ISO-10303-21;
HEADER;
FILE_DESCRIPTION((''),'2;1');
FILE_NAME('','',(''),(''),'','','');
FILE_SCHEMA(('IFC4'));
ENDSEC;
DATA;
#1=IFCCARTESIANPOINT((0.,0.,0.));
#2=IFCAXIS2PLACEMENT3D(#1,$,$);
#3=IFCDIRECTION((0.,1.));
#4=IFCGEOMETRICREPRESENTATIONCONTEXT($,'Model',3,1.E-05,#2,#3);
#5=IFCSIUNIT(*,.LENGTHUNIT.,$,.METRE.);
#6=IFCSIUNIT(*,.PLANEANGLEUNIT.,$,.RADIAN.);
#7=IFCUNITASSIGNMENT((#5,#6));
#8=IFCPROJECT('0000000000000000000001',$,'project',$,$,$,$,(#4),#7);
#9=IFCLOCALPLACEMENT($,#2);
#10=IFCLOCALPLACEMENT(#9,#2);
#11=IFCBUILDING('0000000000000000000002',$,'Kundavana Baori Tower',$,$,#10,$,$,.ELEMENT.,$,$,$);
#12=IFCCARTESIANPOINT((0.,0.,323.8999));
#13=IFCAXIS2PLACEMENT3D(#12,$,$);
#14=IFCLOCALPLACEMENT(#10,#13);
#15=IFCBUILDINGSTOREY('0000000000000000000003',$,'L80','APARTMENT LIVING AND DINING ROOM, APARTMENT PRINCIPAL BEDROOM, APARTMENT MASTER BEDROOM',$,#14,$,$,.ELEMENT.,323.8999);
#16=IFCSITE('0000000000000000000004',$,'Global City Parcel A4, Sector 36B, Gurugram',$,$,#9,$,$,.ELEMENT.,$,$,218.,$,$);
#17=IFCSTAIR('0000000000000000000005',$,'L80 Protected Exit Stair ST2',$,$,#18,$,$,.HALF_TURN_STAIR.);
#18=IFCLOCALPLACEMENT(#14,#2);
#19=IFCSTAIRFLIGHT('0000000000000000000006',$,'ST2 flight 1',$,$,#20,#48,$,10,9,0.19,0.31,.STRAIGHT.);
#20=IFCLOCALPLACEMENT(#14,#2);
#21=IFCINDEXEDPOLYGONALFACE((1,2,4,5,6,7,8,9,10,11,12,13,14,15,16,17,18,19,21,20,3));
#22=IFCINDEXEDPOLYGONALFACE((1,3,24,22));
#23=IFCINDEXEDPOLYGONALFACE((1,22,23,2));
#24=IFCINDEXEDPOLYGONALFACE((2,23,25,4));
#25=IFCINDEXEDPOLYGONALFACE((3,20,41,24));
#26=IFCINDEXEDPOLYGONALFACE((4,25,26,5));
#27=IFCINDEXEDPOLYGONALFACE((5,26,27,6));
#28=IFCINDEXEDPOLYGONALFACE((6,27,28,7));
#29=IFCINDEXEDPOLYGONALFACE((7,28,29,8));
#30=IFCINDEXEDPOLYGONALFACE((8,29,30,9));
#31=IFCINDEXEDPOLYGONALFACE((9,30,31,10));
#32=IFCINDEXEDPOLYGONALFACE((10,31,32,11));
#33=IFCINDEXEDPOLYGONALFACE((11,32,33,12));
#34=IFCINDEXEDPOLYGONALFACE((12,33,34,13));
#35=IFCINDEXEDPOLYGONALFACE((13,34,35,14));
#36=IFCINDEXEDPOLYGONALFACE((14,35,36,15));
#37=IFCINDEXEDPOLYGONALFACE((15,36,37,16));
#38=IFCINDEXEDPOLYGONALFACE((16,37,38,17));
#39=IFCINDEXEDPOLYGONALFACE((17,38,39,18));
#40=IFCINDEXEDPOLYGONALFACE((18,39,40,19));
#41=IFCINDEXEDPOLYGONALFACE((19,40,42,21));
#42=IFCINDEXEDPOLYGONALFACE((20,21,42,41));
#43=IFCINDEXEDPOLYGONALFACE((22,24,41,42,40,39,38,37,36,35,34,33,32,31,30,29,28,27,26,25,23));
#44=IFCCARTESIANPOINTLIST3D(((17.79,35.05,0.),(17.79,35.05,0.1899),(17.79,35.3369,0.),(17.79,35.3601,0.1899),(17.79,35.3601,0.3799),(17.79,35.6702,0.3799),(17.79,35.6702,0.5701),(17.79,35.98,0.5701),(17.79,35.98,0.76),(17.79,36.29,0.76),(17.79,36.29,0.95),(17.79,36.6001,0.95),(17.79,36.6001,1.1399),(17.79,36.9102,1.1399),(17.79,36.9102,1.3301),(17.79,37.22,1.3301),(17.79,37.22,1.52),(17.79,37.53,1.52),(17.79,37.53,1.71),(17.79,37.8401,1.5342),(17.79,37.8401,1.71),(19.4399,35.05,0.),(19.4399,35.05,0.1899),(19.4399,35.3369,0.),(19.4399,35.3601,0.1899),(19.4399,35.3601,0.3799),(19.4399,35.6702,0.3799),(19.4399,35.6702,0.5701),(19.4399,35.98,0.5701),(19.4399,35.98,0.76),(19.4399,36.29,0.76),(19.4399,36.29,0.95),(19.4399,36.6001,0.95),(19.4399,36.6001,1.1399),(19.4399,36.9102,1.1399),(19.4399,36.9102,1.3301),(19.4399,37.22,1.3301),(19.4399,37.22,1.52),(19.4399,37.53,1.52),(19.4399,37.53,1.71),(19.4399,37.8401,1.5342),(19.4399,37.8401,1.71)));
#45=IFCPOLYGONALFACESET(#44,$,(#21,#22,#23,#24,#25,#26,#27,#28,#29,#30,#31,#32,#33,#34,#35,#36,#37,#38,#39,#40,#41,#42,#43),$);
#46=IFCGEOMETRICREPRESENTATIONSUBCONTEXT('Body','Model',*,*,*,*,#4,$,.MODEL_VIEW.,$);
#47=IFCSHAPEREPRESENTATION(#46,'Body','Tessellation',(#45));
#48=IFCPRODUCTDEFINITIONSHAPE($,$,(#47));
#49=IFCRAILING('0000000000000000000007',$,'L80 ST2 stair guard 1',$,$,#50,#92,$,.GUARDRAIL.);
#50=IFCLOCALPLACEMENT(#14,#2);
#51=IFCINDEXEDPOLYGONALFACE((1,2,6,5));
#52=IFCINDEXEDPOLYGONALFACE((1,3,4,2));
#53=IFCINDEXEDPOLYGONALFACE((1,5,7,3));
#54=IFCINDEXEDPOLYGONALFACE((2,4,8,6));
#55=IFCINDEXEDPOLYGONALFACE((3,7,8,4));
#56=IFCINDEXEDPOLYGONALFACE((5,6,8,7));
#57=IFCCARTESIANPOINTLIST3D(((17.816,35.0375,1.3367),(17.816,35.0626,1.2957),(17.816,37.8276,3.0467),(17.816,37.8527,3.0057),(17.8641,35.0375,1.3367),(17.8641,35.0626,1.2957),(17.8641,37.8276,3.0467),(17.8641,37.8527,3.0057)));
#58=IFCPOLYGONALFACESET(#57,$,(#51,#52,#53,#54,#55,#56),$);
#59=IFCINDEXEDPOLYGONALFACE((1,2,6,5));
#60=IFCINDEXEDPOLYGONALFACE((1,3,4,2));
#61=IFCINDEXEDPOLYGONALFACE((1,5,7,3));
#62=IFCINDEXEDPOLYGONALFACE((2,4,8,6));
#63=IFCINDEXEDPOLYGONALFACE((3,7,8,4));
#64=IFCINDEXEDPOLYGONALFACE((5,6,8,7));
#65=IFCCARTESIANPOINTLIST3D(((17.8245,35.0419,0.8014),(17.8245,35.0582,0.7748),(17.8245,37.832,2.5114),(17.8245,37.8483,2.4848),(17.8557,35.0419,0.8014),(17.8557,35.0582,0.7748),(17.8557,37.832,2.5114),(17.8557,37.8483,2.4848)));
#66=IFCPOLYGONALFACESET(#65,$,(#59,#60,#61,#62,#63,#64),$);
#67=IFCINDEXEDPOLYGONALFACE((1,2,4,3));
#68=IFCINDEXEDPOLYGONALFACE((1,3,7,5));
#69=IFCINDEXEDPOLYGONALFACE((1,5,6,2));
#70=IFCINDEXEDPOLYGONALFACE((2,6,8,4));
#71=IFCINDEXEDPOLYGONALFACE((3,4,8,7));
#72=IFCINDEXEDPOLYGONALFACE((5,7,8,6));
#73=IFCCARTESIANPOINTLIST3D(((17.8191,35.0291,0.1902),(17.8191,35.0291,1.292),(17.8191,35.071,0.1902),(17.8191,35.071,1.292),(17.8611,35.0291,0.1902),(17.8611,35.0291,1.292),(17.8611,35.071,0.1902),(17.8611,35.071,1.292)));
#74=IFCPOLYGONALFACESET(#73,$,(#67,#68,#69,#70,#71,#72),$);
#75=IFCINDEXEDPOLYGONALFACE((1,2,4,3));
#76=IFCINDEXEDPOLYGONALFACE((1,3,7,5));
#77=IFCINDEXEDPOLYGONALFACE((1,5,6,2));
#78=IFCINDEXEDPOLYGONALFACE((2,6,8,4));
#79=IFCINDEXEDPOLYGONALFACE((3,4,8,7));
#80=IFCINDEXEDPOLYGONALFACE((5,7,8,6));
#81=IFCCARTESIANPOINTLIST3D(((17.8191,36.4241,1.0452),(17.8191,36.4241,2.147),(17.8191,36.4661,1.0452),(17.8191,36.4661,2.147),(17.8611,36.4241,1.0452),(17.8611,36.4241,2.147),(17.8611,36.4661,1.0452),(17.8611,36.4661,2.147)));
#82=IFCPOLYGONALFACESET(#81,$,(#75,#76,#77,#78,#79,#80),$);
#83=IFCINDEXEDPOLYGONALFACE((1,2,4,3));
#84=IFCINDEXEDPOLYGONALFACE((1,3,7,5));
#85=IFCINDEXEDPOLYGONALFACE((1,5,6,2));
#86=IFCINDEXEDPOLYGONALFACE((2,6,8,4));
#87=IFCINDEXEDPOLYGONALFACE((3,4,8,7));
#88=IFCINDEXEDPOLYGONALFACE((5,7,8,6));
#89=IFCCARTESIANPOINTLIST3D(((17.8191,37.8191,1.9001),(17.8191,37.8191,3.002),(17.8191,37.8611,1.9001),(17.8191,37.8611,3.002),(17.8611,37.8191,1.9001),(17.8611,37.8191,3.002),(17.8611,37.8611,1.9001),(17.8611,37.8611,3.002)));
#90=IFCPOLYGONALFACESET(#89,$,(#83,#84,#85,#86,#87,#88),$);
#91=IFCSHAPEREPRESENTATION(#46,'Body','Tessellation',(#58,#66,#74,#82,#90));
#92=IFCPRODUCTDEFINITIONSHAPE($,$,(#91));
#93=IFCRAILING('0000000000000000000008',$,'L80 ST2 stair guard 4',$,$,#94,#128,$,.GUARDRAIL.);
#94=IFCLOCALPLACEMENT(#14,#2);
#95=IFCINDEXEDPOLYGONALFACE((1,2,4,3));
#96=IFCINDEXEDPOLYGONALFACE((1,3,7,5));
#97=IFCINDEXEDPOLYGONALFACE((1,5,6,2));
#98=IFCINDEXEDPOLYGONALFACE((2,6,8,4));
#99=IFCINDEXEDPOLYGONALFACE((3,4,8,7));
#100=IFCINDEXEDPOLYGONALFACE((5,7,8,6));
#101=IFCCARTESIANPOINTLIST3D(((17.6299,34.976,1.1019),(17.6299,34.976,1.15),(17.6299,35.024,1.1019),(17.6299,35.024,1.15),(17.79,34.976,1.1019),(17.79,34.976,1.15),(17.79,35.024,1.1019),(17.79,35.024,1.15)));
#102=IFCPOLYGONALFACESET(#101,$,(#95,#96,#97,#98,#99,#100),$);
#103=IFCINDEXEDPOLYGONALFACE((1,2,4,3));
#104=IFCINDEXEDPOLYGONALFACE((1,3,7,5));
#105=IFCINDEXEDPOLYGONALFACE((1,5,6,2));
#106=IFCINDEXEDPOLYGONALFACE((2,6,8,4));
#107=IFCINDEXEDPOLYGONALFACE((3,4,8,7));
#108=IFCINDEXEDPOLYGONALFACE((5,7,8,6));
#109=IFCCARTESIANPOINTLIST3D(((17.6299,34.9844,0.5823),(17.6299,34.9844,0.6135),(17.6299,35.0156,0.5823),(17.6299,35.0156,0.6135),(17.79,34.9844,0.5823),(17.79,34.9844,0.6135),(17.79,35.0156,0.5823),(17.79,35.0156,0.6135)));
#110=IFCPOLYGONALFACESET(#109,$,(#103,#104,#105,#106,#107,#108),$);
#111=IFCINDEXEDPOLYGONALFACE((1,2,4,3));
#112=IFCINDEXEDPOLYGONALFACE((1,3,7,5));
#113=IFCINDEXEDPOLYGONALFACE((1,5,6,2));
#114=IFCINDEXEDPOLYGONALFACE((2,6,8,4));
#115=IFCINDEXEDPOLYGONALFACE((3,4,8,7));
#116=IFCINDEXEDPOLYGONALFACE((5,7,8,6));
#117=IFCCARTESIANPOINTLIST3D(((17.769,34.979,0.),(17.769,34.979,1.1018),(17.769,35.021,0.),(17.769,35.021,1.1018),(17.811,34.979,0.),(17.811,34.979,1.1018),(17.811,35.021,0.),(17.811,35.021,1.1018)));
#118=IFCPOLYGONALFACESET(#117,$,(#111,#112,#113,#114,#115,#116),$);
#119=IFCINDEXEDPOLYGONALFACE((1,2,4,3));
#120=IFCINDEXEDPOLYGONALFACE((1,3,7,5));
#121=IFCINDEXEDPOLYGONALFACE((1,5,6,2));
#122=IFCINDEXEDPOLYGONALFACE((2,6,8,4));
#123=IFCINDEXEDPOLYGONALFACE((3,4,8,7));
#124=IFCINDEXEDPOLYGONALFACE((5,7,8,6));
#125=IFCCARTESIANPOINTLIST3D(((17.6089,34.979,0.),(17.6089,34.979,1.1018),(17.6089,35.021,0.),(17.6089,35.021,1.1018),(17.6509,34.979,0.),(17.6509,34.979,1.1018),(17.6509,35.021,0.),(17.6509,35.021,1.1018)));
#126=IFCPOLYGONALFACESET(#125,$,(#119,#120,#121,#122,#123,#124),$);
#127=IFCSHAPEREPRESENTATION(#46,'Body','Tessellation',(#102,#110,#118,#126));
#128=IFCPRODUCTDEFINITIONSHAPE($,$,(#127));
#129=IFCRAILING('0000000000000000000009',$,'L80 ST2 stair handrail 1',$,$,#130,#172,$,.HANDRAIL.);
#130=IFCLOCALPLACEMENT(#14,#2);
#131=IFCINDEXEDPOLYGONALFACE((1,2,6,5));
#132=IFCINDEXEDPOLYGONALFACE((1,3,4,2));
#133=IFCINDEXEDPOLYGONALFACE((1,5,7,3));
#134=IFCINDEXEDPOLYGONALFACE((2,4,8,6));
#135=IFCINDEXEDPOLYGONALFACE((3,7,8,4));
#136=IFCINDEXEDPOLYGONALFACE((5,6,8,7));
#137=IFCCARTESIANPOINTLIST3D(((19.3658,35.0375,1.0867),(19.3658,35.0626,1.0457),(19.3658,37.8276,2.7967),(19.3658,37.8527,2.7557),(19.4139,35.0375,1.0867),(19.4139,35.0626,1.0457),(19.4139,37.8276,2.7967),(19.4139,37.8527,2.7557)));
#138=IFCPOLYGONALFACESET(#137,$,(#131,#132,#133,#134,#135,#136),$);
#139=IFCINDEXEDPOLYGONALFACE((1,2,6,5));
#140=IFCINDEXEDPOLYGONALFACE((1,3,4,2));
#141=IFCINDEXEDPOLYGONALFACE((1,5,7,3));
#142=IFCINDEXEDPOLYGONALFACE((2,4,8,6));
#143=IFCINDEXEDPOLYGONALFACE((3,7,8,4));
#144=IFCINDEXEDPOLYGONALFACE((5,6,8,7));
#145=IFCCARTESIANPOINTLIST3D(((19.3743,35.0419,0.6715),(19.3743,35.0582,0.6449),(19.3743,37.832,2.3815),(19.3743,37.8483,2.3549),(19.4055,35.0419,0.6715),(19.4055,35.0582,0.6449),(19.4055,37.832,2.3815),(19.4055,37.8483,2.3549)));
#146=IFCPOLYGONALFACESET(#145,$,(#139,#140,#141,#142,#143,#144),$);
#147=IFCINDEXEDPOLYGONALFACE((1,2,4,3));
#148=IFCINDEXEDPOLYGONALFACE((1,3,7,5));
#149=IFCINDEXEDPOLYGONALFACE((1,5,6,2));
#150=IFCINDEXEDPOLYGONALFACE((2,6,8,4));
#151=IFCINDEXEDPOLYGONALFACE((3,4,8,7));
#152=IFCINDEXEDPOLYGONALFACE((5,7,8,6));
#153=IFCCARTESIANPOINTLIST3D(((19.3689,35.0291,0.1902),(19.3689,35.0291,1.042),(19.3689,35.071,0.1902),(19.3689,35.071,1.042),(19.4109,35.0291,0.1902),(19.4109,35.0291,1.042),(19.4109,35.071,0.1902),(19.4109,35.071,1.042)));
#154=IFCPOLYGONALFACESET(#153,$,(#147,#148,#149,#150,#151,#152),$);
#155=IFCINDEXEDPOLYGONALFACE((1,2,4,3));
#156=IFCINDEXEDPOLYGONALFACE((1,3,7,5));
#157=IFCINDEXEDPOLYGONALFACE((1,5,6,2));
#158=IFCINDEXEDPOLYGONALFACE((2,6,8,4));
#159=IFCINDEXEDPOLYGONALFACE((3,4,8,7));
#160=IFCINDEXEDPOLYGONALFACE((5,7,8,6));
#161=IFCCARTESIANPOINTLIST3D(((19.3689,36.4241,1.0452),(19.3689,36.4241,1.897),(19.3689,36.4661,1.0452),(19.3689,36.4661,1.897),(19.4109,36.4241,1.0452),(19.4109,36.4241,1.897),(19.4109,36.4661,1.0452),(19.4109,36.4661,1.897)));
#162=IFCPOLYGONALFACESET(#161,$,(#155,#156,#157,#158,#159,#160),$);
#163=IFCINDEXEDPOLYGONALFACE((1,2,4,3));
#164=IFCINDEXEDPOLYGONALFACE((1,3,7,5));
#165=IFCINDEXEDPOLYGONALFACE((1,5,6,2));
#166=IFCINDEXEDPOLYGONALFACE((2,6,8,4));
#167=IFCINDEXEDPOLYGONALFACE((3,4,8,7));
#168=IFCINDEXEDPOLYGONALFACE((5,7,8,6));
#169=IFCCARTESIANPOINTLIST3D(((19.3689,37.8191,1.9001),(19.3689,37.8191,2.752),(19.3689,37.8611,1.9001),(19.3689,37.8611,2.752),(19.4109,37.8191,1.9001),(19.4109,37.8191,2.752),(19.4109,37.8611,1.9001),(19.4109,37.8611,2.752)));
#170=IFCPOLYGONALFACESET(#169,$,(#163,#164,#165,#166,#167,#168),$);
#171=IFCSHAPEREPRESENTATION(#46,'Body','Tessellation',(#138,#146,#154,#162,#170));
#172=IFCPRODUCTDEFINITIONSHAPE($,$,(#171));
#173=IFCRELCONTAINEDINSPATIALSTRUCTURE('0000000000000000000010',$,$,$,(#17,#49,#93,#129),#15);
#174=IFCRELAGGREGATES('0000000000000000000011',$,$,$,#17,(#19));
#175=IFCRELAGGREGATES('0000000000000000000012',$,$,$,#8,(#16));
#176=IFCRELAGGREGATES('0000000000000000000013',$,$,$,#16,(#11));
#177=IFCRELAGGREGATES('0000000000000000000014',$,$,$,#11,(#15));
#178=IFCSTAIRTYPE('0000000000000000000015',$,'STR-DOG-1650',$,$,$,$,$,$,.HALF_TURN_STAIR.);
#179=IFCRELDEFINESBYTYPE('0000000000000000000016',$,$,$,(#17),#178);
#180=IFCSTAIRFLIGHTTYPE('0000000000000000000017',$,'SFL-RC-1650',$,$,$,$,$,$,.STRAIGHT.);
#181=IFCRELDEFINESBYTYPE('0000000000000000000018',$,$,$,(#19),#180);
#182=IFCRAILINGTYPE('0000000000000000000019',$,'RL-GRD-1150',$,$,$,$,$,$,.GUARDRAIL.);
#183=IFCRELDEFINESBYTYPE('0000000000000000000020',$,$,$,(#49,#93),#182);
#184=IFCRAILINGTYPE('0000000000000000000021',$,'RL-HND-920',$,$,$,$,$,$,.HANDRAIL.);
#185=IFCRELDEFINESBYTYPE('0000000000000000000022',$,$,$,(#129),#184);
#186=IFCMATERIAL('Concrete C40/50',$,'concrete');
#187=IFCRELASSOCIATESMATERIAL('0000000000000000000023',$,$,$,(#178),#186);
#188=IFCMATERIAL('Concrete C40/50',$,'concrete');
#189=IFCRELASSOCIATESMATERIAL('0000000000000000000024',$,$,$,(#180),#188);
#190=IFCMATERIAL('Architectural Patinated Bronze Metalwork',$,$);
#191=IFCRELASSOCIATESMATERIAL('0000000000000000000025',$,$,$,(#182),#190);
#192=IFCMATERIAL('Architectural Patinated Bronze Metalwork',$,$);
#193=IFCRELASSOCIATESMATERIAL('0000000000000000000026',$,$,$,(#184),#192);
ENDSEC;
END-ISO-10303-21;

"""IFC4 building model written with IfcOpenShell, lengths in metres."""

from ifc_helpers import new_model, si_unit, direction, frame, origin, origin_2d, place, context, subcontext, project, spatial, polyline, rectangle, outline, extrude, material, type_object, element, aggregate, save


model = new_model("IFC4")

# Units and contexts
model_context = context("Model", 3, precision=1e-05, world=origin(), true_north=direction((0.0, 1.0)))
body_context = subcontext(model_context, "Body", "Model", "MODEL_VIEW")
ifc_project = project(units=[si_unit("LENGTHUNIT", "METRE"), si_unit("PLANEANGLEUNIT", "RADIAN")], contexts=[model_context])

# Site, building, storey
site_placement = place(None, origin())
site = spatial("IfcSite", under=ifc_project, at=site_placement, Name="Global City Parcel A4, Sector 36B, Gurugram", CompositionType="ELEMENT", RefElevation=218.0)
building_placement = place(site_placement, origin())
building = spatial("IfcBuilding", under=site, at=building_placement, Name="Kundavana Baori Tower", CompositionType="ELEMENT")
storey_placement = place(building_placement, frame((0.0, 0.0, 323.8999)))
storey = spatial("IfcBuildingStorey", under=building, at=storey_placement, Name="L80", Description="APARTMENT LIVING AND DINING ROOM, APARTMENT PRINCIPAL BEDROOM, APARTMENT MASTER BEDROOM", CompositionType="ELEMENT", Elevation=323.8999)

# Stair, stair flight
ifc_material_1 = material(Name="Concrete C40/50", Category="concrete")
stair_type = type_object("IfcStairType", Name="STR-DOG-1650", PredefinedType="HALF_TURN_STAIR", material=ifc_material_1)
stair_placement = place(storey_placement, origin())
stair = element("IfcStair", 1, at=stair_placement, inside=storey, type_object=stair_type, Name="L80 Protected Exit Stair ST2", PredefinedType="HALF_TURN_STAIR")
ifc_material_2 = material(Name="Concrete C40/50", Category="concrete")
stair_flight_type = type_object("IfcStairFlightType", Name="SFL-RC-1650", PredefinedType="STRAIGHT", material=ifc_material_2)
stair_flight_placement = place(storey_placement, frame((18.615, 35.05, 0.0), z_axis=(0.0, 0.0, 1.0), x_axis=(0.0, 1.0, 0.0)))
stair_flight = element("IfcStairFlight", 2, at=stair_flight_placement, type_object=stair_flight_type, Name="ST2 flight 1", NumberOfRisers=10, NumberOfTreads=9, PredefinedType="STRAIGHT", RiserHeight=0.19, TreadLength=0.31, context=body_context, shape_type="SweptSolid", body=[
    extrude(outline(polyline([(0.0, 0.0), (0.0, 0.1899), (0.3101, 0.1899), (0.3101, 0.3799), (0.6201, 0.3799), (0.6201, 0.5701), (0.9299, 0.5701), (0.9299, 0.76), (1.24, 0.76), (1.24, 0.95), (1.55, 0.95), (1.55, 1.1399), (1.8601, 1.1399), (1.8601, 1.3301), (2.1699, 1.3301), (2.1699, 1.52), (2.48, 1.52), (2.48, 1.71), (2.79, 1.71), (2.79, 1.8999), (2.79, 1.5342), (0.2869, 0.0), (0.0, 0.0)])), frame((0.0, 0.825, 0.0), z_axis=(0.0, -1.0, 0.0), x_axis=(1.0, 0.0, 0.0)), (0.0, 0.0, 1.0), 1.6499),
])
aggregate(stair, [stair_flight])

# Railings
ifc_material_3 = material(Name="Architectural Patinated Bronze Metalwork")
railing_type_1 = type_object("IfcRailingType", Name="RL-GRD-1150", PredefinedType="GUARDRAIL", material=ifc_material_3)
railing_1_placement = place(storey_placement, frame((17.8401, 35.05, 0.1902)))
element("IfcRailing", 3, at=railing_1_placement, inside=storey, type_object=railing_type_1, Name="L80 ST2 stair guard 1", PredefinedType="GUARDRAIL", context=body_context, shape_type="SweptSolid", body=[
    extrude(rectangle(XDim=0.0481, YDim=0.0481, at=origin_2d()), frame((0.0, 0.0, 1.126), z_axis=(0.0, 0.85261, 0.522548), x_axis=(-1.0, 0.0, 0.0)), (0.0, 0.0, 1.0), 3.2725),
    extrude(rectangle(XDim=0.0312, YDim=0.0312, at=origin_2d()), frame((0.0, 0.0, 0.5979), z_axis=(0.0, 0.85261, 0.522548), x_axis=(-1.0, 0.0, 0.0)), (0.0, 0.0, 1.0), 3.2725),
    extrude(rectangle(XDim=0.042, YDim=0.042, at=origin_2d()), origin(), (0.0, 0.0, 1.0), 1.1018),
    extrude(rectangle(XDim=0.042, YDim=0.042, at=origin_2d()), frame((0.0, 1.395, 0.855)), (0.0, 0.0, 1.0), 1.1018),
    extrude(rectangle(XDim=0.042, YDim=0.042, at=origin_2d()), frame((0.0, 2.79, 1.71)), (0.0, 0.0, 1.0), 1.1018),
])
railing_2_placement = place(storey_placement, frame((17.79, 35.0, 0.0)))
element("IfcRailing", 4, at=railing_2_placement, inside=storey, type_object=railing_type_1, Name="L80 ST2 stair guard 4", PredefinedType="GUARDRAIL", context=body_context, shape_type="SweptSolid", body=[
    extrude(rectangle(XDim=0.0481, YDim=0.0481, at=origin_2d()), frame((0.0, 0.0, 1.126), z_axis=(-1.0, 0.0, 0.0), x_axis=(0.0, -1.0, 0.0)), (0.0, 0.0, 1.0), 0.1602),
    extrude(rectangle(XDim=0.0312, YDim=0.0312, at=origin_2d()), frame((0.0, 0.0, 0.5979), z_axis=(-1.0, 0.0, 0.0), x_axis=(0.0, -1.0, 0.0)), (0.0, 0.0, 1.0), 0.1602),
    extrude(rectangle(XDim=0.042, YDim=0.042, at=origin_2d()), origin(), (0.0, 0.0, 1.0), 1.1018),
    extrude(rectangle(XDim=0.042, YDim=0.042, at=origin_2d()), frame((-0.1602, 0.0, 0.0)), (0.0, 0.0, 1.0), 1.1018),
])
ifc_material_4 = material(Name="Architectural Patinated Bronze Metalwork")
railing_type_2 = type_object("IfcRailingType", Name="RL-HND-920", PredefinedType="HANDRAIL", material=ifc_material_4)
railing_3_placement = place(storey_placement, frame((19.3899, 35.05, 0.1902)))
element("IfcRailing", 5, at=railing_3_placement, inside=storey, type_object=railing_type_2, Name="L80 ST2 stair handrail 1", PredefinedType="HANDRAIL", context=body_context, shape_type="SweptSolid", body=[
    extrude(rectangle(XDim=0.0481, YDim=0.0481, at=origin_2d()), frame((0.0, 0.0, 0.876), z_axis=(0.0, 0.85261, 0.522548), x_axis=(-1.0, 0.0, 0.0)), (0.0, 0.0, 1.0), 3.2725),
    extrude(rectangle(XDim=0.0312, YDim=0.0312, at=origin_2d()), frame((0.0, 0.0, 0.468), z_axis=(0.0, 0.85261, 0.522548), x_axis=(-1.0, 0.0, 0.0)), (0.0, 0.0, 1.0), 3.2725),
    extrude(rectangle(XDim=0.042, YDim=0.042, at=origin_2d()), origin(), (0.0, 0.0, 1.0), 0.8518),
    extrude(rectangle(XDim=0.042, YDim=0.042, at=origin_2d()), frame((0.0, 1.395, 0.855)), (0.0, 0.0, 1.0), 0.8518),
    extrude(rectangle(XDim=0.042, YDim=0.042, at=origin_2d()), frame((0.0, 2.79, 1.71)), (0.0, 0.0, 1.0), 0.8518),
])

save(model, "model.ifc")
